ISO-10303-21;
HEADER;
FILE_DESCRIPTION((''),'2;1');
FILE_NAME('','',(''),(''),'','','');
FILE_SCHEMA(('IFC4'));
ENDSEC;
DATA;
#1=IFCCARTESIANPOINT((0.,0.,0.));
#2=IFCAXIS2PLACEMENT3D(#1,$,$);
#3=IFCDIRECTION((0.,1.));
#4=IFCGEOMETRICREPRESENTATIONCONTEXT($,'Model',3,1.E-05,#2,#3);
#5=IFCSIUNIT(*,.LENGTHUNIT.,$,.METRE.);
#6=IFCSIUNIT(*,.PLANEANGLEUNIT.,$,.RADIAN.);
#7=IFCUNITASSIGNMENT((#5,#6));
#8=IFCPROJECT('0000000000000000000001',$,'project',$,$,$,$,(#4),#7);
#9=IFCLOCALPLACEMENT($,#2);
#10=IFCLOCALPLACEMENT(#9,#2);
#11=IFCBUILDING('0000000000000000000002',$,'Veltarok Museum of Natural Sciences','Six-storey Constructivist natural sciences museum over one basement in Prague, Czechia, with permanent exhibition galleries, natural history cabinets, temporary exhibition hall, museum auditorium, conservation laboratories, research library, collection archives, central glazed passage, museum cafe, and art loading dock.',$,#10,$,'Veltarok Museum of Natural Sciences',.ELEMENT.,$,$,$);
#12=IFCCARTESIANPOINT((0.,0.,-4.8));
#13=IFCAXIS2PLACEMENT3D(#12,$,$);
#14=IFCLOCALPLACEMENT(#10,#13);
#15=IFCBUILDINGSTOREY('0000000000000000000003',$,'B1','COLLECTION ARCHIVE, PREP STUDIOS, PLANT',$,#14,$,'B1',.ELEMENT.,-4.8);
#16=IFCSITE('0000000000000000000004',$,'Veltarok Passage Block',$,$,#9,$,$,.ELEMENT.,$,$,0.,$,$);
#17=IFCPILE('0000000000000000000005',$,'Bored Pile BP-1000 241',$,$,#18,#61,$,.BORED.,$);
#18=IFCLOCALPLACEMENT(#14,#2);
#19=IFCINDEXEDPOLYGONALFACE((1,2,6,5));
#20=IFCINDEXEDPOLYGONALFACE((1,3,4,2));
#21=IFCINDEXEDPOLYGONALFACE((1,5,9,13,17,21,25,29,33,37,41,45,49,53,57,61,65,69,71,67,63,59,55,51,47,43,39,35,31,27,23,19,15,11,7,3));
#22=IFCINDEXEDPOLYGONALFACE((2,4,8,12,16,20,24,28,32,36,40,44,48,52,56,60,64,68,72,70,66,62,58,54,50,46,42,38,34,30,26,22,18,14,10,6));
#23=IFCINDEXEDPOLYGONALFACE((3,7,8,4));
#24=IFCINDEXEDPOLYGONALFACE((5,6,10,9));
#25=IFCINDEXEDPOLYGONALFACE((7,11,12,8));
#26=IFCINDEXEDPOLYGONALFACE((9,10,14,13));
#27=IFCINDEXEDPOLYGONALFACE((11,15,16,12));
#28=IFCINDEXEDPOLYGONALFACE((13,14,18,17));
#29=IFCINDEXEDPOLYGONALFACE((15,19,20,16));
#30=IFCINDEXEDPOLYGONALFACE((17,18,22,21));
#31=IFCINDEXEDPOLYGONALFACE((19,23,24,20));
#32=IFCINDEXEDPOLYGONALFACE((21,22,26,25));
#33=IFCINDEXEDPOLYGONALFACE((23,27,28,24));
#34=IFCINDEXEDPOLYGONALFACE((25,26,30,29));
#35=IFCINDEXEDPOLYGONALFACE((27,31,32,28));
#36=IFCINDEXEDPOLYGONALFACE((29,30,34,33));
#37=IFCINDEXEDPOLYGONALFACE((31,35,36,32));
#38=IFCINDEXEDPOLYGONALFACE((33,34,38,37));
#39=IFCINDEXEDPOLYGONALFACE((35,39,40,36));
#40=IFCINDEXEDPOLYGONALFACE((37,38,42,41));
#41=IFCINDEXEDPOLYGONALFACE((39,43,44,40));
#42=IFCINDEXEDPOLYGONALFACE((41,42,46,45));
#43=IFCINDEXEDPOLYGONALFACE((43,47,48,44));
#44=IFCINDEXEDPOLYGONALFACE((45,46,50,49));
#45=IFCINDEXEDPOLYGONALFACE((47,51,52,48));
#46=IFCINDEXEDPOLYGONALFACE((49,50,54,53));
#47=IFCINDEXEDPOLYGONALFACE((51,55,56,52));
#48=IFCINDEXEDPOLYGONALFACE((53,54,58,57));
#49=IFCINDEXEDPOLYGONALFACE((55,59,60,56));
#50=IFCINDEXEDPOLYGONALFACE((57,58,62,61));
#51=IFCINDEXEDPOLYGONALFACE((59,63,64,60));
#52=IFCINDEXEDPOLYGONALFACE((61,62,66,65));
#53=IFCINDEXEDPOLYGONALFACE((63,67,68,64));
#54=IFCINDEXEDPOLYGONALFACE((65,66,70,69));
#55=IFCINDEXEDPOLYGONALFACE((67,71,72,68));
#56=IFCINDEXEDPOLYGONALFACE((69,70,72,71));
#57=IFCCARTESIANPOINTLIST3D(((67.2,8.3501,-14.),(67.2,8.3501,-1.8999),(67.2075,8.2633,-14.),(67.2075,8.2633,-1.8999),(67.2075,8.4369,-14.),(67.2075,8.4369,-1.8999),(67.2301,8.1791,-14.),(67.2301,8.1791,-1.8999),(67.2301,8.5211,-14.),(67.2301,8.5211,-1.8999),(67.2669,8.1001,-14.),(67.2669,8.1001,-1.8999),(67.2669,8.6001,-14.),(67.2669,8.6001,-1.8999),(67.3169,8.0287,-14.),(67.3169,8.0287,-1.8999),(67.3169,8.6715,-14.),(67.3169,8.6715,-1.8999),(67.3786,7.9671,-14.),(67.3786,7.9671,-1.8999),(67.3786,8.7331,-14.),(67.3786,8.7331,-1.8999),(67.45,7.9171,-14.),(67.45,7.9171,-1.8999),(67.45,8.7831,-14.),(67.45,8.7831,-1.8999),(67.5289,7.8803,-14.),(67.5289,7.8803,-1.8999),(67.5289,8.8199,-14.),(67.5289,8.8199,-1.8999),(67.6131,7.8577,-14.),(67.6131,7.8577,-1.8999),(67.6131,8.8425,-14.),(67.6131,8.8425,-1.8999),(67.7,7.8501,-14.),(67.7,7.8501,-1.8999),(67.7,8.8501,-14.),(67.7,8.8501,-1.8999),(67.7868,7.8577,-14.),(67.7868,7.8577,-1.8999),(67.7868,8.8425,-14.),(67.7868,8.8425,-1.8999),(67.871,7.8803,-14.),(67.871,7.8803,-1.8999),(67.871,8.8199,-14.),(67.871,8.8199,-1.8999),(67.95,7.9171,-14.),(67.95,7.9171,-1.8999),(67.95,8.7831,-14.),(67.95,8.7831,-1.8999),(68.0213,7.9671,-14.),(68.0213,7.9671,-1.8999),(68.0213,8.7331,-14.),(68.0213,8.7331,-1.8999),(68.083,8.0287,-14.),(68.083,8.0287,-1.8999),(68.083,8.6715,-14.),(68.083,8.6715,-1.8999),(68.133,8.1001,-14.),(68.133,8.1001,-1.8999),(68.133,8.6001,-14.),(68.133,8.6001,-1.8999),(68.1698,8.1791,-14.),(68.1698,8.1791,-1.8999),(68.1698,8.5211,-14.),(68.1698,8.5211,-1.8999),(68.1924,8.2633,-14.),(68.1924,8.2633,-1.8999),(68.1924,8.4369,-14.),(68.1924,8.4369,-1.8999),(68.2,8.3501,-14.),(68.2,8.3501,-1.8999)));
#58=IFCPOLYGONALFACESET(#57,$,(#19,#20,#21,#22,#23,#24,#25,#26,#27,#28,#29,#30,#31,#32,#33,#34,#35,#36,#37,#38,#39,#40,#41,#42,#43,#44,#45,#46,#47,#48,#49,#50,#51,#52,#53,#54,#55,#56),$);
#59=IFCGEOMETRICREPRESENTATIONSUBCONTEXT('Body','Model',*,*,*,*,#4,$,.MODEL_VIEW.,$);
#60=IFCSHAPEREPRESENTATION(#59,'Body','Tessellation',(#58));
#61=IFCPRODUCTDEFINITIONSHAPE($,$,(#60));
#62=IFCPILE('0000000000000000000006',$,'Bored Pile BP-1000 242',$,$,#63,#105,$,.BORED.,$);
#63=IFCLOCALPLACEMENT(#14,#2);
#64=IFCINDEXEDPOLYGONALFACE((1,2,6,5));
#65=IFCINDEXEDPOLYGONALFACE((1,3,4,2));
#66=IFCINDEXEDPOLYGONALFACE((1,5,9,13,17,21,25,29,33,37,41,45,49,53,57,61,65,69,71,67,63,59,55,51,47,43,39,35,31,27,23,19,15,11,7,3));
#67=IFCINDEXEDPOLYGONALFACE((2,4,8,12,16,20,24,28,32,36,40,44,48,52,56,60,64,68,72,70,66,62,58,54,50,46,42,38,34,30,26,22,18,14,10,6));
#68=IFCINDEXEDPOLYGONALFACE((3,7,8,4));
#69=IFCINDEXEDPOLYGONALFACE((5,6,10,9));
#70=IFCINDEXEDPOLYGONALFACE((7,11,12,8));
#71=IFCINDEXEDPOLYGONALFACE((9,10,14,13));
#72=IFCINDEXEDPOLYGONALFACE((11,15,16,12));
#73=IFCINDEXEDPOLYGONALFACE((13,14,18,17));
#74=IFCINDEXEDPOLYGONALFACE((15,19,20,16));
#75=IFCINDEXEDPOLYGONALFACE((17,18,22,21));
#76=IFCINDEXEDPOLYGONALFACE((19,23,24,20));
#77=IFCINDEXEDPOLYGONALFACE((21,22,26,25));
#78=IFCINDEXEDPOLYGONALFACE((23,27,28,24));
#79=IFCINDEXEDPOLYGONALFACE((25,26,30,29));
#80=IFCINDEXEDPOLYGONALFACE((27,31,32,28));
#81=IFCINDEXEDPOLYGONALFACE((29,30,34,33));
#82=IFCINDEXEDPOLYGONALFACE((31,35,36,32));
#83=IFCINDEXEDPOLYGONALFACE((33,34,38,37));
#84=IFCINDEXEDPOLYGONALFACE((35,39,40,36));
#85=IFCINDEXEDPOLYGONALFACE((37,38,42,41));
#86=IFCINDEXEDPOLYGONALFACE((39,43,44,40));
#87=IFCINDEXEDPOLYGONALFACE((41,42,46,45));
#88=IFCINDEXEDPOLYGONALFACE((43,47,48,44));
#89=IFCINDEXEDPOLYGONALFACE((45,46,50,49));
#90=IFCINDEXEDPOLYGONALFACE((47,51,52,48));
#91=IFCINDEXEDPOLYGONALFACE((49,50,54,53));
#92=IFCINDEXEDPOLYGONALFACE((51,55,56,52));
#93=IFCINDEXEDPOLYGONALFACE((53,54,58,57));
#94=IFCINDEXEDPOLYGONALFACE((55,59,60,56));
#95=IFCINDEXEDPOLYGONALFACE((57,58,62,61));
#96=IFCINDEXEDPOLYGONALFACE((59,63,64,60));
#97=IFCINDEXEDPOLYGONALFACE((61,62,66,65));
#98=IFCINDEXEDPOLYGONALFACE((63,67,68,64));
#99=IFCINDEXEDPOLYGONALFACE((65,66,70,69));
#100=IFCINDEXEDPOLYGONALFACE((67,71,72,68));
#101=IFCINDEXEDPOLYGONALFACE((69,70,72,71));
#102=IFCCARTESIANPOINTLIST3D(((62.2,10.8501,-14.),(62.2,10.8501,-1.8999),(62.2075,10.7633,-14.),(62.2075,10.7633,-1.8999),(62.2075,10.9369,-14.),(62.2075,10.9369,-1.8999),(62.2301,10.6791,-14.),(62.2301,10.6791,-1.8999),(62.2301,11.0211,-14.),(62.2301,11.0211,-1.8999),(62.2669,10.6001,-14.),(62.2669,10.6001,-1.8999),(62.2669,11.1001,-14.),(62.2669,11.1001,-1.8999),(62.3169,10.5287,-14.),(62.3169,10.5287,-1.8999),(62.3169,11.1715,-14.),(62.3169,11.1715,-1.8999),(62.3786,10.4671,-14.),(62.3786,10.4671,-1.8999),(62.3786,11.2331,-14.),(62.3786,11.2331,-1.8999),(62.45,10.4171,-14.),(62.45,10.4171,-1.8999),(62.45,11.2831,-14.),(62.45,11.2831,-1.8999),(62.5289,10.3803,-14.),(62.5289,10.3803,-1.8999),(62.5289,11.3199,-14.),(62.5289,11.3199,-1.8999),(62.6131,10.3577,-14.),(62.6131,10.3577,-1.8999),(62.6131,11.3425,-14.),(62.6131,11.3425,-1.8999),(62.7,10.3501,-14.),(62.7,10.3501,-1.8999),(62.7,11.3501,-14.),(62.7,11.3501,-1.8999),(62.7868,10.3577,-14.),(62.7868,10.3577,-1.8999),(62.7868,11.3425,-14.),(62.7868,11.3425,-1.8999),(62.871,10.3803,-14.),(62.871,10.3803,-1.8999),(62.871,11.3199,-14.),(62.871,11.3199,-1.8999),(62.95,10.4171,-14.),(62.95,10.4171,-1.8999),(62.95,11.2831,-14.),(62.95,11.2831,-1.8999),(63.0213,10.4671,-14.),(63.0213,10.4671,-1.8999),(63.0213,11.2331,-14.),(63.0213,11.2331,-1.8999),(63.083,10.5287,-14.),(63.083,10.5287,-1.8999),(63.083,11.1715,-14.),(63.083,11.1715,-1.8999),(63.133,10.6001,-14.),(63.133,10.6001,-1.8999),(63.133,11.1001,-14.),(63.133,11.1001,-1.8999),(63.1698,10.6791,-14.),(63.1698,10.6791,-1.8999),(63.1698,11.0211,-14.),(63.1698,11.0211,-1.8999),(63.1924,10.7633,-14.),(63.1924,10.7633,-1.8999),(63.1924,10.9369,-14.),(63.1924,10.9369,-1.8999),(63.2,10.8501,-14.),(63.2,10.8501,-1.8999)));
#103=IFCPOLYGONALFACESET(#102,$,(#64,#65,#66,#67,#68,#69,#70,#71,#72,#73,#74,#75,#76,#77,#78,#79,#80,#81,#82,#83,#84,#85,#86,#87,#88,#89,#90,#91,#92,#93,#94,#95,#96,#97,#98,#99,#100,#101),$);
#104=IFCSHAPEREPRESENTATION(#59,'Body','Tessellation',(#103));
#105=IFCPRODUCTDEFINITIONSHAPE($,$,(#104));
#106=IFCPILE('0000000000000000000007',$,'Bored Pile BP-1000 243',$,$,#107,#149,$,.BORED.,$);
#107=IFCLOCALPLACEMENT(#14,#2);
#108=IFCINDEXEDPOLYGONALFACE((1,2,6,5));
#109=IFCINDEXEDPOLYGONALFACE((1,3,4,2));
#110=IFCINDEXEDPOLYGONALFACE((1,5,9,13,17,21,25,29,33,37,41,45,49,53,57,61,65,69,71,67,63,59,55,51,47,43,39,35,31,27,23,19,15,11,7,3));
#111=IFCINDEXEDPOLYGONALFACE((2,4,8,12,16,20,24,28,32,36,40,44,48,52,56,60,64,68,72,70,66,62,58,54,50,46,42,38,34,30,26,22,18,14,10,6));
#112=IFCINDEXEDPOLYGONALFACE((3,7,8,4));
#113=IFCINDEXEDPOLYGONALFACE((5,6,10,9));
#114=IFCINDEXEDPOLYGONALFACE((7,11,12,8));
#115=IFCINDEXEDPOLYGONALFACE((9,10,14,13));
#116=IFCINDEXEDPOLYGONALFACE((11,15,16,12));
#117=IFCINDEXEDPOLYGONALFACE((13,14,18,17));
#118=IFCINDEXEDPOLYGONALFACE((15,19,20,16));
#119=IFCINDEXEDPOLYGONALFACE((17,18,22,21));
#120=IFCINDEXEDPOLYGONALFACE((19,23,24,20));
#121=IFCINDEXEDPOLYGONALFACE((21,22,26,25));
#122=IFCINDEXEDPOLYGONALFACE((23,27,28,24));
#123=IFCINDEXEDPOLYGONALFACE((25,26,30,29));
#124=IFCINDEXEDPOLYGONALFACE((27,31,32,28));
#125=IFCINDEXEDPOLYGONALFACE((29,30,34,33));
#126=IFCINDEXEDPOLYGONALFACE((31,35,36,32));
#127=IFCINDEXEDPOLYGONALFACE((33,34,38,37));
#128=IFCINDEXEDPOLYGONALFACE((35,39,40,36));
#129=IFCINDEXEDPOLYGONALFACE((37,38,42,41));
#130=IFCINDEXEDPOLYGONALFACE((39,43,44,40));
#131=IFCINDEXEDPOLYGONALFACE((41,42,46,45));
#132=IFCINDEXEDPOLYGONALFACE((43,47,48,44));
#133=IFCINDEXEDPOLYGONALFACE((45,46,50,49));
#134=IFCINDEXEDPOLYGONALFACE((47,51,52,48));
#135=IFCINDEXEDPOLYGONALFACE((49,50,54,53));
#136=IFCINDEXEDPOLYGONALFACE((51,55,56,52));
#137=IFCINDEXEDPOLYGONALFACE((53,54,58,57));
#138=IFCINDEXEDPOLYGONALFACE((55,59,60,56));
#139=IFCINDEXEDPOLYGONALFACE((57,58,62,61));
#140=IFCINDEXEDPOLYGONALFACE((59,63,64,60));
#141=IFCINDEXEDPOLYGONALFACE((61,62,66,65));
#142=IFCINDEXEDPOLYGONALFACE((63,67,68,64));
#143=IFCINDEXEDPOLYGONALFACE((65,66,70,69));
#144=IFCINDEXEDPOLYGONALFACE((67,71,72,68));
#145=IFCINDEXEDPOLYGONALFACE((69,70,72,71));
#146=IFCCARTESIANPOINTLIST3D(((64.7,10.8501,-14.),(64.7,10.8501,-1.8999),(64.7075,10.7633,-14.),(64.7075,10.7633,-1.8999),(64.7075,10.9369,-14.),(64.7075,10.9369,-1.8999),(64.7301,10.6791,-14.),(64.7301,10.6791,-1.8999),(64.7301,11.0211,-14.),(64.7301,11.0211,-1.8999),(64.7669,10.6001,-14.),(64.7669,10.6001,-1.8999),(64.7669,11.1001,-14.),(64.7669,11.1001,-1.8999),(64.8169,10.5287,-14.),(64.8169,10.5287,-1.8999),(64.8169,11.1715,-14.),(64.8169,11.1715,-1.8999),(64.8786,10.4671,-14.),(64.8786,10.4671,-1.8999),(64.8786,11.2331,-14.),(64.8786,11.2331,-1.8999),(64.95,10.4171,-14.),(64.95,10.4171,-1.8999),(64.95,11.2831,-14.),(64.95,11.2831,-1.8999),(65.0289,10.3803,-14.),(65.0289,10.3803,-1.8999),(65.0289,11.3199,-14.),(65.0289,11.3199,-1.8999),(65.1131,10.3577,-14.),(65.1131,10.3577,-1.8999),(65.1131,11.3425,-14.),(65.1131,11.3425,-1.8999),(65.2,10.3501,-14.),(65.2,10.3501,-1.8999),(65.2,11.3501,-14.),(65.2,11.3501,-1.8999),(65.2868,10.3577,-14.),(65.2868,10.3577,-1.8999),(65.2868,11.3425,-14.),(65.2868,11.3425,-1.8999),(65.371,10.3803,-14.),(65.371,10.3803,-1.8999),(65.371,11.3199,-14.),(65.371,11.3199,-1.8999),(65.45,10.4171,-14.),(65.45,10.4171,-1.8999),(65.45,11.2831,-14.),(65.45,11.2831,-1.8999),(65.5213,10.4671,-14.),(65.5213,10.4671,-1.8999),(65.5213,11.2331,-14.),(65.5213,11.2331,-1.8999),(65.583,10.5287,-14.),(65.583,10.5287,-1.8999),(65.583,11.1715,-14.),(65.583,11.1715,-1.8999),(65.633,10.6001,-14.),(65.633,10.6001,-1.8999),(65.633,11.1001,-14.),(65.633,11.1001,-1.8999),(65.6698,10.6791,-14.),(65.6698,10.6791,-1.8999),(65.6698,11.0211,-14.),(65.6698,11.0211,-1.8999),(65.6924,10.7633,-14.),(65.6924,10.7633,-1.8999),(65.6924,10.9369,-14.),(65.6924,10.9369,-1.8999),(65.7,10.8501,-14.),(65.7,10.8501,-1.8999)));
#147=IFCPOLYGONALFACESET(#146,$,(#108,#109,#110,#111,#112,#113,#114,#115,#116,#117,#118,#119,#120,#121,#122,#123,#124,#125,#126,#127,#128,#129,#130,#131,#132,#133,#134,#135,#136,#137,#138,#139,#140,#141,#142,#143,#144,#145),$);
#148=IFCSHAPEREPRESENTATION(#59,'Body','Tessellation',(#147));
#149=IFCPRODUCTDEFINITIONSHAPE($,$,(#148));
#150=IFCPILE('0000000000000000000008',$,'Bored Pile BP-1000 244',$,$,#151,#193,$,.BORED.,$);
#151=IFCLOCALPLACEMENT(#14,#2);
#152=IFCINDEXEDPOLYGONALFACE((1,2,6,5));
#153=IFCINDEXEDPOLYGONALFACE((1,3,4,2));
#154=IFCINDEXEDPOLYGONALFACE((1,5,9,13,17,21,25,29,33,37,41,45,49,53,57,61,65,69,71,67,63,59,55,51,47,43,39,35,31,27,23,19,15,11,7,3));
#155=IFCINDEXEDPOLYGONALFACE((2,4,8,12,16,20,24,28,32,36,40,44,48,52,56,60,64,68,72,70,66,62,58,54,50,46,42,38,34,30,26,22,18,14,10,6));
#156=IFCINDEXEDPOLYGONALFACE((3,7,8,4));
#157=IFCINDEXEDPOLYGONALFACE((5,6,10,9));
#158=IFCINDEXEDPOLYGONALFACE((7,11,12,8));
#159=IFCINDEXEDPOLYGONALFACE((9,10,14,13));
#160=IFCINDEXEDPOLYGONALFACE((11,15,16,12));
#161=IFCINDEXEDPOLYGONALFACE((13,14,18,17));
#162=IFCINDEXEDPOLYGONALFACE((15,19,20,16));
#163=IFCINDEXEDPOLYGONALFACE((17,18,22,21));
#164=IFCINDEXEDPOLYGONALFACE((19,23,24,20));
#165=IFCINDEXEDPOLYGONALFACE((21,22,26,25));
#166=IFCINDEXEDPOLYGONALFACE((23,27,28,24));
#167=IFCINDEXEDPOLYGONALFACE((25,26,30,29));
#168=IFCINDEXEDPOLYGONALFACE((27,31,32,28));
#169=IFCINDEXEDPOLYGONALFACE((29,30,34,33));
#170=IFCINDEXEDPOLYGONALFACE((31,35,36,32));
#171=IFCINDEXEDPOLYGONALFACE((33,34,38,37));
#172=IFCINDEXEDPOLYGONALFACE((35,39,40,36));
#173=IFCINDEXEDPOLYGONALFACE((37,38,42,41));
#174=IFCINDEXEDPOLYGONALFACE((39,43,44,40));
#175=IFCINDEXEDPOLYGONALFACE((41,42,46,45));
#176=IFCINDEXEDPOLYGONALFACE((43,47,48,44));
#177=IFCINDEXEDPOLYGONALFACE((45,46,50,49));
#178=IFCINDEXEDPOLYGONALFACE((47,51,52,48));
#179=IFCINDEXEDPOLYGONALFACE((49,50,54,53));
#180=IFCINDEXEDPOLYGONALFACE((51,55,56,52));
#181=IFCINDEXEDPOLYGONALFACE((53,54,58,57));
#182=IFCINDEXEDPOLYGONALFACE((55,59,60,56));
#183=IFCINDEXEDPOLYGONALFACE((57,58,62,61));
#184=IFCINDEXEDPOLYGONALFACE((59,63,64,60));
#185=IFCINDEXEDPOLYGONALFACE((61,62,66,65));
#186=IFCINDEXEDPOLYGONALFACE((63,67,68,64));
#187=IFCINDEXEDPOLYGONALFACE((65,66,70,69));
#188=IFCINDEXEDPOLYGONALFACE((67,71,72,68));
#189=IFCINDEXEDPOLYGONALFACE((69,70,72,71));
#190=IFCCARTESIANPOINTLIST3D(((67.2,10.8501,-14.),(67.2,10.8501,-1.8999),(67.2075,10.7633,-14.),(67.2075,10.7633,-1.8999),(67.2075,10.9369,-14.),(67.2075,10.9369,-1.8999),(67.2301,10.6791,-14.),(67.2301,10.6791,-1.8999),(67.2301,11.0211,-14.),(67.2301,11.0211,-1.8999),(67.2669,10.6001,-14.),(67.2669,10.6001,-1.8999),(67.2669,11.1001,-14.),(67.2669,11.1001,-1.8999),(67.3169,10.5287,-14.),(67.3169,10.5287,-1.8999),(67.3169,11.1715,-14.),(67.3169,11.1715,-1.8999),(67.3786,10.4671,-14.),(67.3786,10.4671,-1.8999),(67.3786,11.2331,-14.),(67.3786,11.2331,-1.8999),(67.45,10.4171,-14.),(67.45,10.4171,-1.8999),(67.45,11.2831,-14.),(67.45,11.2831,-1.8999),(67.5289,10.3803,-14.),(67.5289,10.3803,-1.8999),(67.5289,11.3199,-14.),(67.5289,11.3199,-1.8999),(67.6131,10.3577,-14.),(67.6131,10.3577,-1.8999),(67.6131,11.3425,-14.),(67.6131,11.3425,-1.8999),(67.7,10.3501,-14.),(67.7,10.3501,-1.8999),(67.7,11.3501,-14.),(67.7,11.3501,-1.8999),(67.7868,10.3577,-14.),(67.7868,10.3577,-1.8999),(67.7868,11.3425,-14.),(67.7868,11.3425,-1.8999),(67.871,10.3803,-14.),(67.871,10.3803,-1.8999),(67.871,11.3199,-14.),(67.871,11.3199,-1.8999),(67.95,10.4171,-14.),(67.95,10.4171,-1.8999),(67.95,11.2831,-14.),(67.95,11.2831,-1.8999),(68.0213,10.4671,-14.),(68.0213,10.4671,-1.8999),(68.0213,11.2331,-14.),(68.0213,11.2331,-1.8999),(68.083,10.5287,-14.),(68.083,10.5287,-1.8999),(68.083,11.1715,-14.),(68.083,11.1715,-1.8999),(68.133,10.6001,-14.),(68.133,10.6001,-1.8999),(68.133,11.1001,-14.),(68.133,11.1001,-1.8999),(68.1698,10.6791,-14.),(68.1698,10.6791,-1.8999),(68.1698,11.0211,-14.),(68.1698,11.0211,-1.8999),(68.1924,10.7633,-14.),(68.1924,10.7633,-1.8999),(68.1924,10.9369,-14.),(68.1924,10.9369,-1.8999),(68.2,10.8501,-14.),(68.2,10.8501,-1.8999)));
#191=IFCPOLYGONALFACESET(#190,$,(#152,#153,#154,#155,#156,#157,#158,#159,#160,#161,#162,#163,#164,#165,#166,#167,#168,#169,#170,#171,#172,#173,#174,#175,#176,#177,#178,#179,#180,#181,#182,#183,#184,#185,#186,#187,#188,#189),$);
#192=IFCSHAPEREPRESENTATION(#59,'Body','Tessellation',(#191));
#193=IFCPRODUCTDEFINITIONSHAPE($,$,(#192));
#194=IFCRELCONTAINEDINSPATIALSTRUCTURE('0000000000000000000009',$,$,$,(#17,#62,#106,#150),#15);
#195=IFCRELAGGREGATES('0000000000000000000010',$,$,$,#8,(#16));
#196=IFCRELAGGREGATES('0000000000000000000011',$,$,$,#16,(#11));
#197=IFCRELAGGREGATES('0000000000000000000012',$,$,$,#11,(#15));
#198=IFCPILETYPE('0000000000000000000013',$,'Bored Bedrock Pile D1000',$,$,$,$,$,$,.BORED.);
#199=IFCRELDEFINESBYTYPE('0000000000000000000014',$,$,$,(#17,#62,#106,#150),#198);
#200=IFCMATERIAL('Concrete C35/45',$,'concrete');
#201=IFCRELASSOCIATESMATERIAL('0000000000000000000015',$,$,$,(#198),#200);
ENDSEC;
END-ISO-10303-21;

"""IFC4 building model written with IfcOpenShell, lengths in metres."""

from ifc_helpers import new_model, si_unit, direction, frame, origin, origin_2d, place, context, subcontext, project, spatial, circle, extrude, material, material_profile, profile_set, type_object, element, save


model = new_model("IFC4")

# Units and contexts
model_context = context("Model", 3, precision=1e-05, world=origin(), true_north=direction((0.0, 1.0)))
body_context = subcontext(model_context, "Body", "Model", "MODEL_VIEW")
ifc_project = project(units=[si_unit("LENGTHUNIT", "METRE"), si_unit("PLANEANGLEUNIT", "RADIAN")], contexts=[model_context])

# Site, building, storey
site_placement = place(None, origin())
site = spatial("IfcSite", under=ifc_project, at=site_placement, Name="Veltarok Passage Block", CompositionType="ELEMENT", RefElevation=0.0)
building_placement = place(site_placement, origin())
building = spatial("IfcBuilding", under=site, at=building_placement, Name="Veltarok Museum of Natural Sciences", Description="Six-storey Constructivist natural sciences museum over one basement in Prague, Czechia, with permanent exhibition galleries, natural history cabinets, temporary exhibition hall, museum auditorium, conservation laboratories, research library, collection archives, central glazed passage, museum cafe, and art loading dock.", LongName="Veltarok Museum of Natural Sciences", CompositionType="ELEMENT")
storey_placement = place(building_placement, frame((0.0, 0.0, -4.8)))
storey = spatial("IfcBuildingStorey", under=building, at=storey_placement, Name="B1", Description="COLLECTION ARCHIVE, PREP STUDIOS, PLANT", LongName="B1", CompositionType="ELEMENT", Elevation=-4.8)

# Piles
ifc_material_1 = material(Name="Concrete C35/45", Category="concrete")
ifc_material_profile_1 = material_profile(ifc_material_1, circle(Radius=0.5, at=origin_2d()), Name="BP D1000")
ifc_profile_set_1 = profile_set([ifc_material_profile_1], Name="Concrete C35/45")
pile_type = type_object("IfcPileType", Name="Bored Bedrock Pile D1000", PredefinedType="BORED", material=ifc_profile_set_1)
for number, where, z_axis, x_axis, name in (
    (1, (67.7, 8.3501, -1.8999), (0.0, 0.0, -1.0), (1.0, 0.0, 0.0), "Bored Pile BP-1000 241"),
    (2, (62.7, 10.8501, -1.8999), (0.0, 0.0, -1.0), (1.0, 0.0, 0.0), "Bored Pile BP-1000 242"),
    (3, (65.2, 10.8501, -1.8999), (0.0, 0.0, -1.0), (1.0, 0.0, 0.0), "Bored Pile BP-1000 243"),
    (4, (67.7, 10.8501, -1.8999), (0.0, 0.0, -1.0), (1.0, 0.0, 0.0), "Bored Pile BP-1000 244"),
):
    element("IfcPile", number, at=place(storey_placement, frame(where, z_axis=z_axis, x_axis=x_axis)), inside=storey, type_object=pile_type, Name=name, PredefinedType="BORED", context=body_context, shape_type="SweptSolid", body=[
        extrude(circle(Radius=0.5, at=origin_2d()), origin(), (0.0, 0.0, 1.0), 12.1001),
    ])

save(model, "model.ifc")
